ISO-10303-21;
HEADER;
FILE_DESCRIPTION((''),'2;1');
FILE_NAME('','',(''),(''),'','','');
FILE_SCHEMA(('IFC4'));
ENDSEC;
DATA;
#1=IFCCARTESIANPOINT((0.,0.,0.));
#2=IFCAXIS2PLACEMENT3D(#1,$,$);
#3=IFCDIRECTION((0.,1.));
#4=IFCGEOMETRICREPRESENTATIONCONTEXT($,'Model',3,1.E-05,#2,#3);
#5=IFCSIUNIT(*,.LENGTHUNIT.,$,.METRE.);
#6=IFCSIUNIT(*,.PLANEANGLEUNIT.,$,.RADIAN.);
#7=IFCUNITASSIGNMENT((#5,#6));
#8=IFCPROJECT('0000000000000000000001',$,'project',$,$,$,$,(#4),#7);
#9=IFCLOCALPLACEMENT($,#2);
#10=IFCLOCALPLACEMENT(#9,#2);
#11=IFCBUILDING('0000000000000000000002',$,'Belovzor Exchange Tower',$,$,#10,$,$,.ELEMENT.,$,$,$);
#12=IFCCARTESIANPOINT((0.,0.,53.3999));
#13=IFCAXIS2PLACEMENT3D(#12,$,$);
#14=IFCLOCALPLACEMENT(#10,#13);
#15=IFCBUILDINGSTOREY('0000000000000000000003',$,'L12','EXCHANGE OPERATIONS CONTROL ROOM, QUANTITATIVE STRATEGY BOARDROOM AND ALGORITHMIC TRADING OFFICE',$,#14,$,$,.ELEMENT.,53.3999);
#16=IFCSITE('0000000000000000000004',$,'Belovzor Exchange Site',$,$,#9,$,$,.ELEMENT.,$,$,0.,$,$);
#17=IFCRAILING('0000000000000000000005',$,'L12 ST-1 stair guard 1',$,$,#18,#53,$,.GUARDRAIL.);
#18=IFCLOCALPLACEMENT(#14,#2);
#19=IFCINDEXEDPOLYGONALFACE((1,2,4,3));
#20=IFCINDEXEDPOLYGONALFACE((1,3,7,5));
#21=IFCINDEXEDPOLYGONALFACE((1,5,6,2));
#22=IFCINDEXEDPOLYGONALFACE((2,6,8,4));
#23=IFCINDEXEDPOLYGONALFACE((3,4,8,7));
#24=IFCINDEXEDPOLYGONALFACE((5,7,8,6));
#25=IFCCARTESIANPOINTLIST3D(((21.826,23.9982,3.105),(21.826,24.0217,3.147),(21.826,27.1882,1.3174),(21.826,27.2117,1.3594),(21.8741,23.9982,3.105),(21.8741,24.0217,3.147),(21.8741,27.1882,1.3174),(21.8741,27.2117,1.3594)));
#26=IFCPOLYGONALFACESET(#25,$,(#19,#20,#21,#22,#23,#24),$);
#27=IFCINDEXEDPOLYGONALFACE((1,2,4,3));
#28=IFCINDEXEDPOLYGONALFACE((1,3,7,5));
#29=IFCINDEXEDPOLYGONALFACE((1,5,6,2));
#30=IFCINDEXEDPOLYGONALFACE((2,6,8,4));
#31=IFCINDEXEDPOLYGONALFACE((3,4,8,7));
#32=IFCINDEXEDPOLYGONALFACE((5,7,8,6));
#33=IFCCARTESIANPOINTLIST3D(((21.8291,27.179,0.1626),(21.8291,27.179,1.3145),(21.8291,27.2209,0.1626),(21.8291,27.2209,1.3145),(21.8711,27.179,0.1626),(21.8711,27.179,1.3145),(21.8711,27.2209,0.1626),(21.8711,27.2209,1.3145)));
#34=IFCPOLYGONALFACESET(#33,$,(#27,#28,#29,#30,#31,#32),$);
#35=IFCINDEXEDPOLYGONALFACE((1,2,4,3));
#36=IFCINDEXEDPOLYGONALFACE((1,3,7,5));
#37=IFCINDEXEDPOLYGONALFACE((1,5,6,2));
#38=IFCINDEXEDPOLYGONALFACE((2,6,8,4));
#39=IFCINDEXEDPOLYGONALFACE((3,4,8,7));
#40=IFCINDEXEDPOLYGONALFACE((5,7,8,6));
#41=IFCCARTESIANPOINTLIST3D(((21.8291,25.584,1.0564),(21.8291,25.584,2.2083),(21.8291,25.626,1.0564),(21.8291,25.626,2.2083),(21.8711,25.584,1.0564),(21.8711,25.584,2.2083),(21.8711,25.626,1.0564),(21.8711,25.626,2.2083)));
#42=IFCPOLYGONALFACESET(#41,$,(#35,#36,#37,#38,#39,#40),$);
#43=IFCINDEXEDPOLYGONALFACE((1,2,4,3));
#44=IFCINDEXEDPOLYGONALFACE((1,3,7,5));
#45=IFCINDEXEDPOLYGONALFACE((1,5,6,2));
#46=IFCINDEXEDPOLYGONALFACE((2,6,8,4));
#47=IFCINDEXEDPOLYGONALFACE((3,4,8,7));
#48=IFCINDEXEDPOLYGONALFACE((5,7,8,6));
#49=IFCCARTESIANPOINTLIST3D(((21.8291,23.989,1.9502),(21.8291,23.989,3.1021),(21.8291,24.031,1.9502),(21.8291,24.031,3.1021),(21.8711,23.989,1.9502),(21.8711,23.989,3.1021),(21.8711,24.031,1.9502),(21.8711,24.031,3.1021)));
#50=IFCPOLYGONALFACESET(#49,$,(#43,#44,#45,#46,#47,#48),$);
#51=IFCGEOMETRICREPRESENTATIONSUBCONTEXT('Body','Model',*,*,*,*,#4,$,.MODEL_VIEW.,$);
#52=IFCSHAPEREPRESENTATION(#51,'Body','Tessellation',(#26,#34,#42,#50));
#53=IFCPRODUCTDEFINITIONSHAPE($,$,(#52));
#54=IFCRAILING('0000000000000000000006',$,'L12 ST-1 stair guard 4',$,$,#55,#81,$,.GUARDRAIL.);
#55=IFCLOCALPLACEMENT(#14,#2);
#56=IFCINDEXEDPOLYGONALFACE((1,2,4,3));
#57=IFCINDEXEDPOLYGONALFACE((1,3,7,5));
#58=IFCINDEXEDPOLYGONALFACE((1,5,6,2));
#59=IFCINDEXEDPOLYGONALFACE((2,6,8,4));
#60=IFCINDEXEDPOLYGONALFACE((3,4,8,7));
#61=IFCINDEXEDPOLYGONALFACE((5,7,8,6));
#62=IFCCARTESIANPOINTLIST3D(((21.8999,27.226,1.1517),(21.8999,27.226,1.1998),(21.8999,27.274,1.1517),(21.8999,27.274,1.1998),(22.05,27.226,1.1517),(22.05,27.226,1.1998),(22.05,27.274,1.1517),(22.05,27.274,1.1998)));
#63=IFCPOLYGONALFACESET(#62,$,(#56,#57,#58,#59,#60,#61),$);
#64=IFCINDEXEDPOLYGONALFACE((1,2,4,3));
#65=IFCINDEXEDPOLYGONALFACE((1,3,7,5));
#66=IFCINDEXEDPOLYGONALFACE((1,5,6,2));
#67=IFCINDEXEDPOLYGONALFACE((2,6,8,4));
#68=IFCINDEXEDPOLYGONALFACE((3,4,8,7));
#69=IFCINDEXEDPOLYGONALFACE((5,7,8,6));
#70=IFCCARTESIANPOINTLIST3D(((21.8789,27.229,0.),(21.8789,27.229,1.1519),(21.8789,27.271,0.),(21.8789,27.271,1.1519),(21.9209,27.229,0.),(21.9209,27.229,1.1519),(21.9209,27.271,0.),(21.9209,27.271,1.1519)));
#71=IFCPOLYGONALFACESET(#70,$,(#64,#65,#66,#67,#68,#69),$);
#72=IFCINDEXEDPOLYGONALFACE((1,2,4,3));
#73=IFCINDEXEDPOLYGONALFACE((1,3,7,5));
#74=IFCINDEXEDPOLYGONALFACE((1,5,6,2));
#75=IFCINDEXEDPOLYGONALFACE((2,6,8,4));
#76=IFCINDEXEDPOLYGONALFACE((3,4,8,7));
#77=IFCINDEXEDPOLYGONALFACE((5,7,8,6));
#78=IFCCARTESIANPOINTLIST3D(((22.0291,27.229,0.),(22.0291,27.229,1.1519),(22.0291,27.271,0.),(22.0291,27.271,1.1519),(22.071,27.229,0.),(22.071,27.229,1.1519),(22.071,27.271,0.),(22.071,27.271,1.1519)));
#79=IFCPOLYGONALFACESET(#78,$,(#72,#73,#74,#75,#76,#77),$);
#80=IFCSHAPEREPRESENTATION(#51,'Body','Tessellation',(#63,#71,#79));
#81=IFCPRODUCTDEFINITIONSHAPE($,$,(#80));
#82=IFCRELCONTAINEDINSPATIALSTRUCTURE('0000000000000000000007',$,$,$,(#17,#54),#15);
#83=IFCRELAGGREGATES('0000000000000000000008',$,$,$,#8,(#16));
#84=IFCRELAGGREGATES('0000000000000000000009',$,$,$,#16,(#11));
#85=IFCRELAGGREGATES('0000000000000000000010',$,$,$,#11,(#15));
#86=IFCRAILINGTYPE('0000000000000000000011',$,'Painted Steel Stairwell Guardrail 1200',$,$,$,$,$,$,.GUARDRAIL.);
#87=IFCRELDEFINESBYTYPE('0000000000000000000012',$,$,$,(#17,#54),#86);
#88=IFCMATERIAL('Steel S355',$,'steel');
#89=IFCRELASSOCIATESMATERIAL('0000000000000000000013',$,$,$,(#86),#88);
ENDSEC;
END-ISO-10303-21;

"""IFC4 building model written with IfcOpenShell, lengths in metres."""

from ifc_helpers import new_model, si_unit, direction, frame, origin, origin_2d, place, context, subcontext, project, spatial, rectangle, extrude, material, type_object, element, save


model = new_model("IFC4")

# Units and contexts
model_context = context("Model", 3, precision=1e-05, world=origin(), true_north=direction((0.0, 1.0)))
body_context = subcontext(model_context, "Body", "Model", "MODEL_VIEW")
ifc_project = project(units=[si_unit("LENGTHUNIT", "METRE"), si_unit("PLANEANGLEUNIT", "RADIAN")], contexts=[model_context])

# Site, building, storey
site_placement = place(None, origin())
site = spatial("IfcSite", under=ifc_project, at=site_placement, Name="Belovzor Exchange Site", CompositionType="ELEMENT", RefElevation=0.0)
building_placement = place(site_placement, origin())
building = spatial("IfcBuilding", under=site, at=building_placement, Name="Belovzor Exchange Tower", CompositionType="ELEMENT")
storey_placement = place(building_placement, frame((0.0, 0.0, 53.3999)))
storey = spatial("IfcBuildingStorey", under=building, at=storey_placement, Name="L12", Description="EXCHANGE OPERATIONS CONTROL ROOM, QUANTITATIVE STRATEGY BOARDROOM AND ALGORITHMIC TRADING OFFICE", CompositionType="ELEMENT", Elevation=53.3999)

# Railings
ifc_material_1 = material(Name="Steel S355", Category="steel")
railing_type_1 = type_object("IfcRailingType", Name="Painted Steel Stairwell Guardrail 1200", PredefinedType="GUARDRAIL", material=ifc_material_1)
railing_1_placement = place(storey_placement, frame((21.8501, 27.2, 0.1626)))
element("IfcRailing", 1, at=railing_1_placement, inside=storey, type_object=railing_type_1, Name="L12 ST-1 stair guard 1", PredefinedType="GUARDRAIL", context=body_context, shape_type="SweptSolid", body=[
    extrude(rectangle(XDim=0.0481, YDim=0.0481, at=origin_2d()), frame((0.0, 0.0, 1.1758), z_axis=(0.0, -0.872363, 0.48886), x_axis=(1.0, 0.0, 0.0)), (0.0, 0.0, 1.0), 3.6567),
    extrude(rectangle(XDim=0.042, YDim=0.042, at=origin_2d()), origin(), (0.0, 0.0, 1.0), 1.1519),
    extrude(rectangle(XDim=0.042, YDim=0.042, at=origin_2d()), frame((0.0, -1.595, 0.8938)), (0.0, 0.0, 1.0), 1.1519),
    extrude(rectangle(XDim=0.042, YDim=0.042, at=origin_2d()), frame((0.0, -3.1899, 1.7876)), (0.0, 0.0, 1.0), 1.1519),
])
railing_2_placement = place(storey_placement, frame((21.8999, 27.25, 0.0)))
element("IfcRailing", 2, at=railing_2_placement, inside=storey, type_object=railing_type_1, Name="L12 ST-1 stair guard 4", PredefinedType="GUARDRAIL", context=body_context, shape_type="SweptSolid", body=[
    extrude(rectangle(XDim=0.0481, YDim=0.0481, at=origin_2d()), frame((0.0, 0.0, 1.1758), z_axis=(1.0, 0.0, 0.0), x_axis=(0.0, 1.0, 0.0)), (0.0, 0.0, 1.0), 0.1501),
    extrude(rectangle(XDim=0.042, YDim=0.042, at=origin_2d()), origin(), (0.0, 0.0, 1.0), 1.1519),
    extrude(rectangle(XDim=0.042, YDim=0.042, at=origin_2d()), frame((0.1501, 0.0, 0.0)), (0.0, 0.0, 1.0), 1.1519),
])

save(model, "model.ifc")
